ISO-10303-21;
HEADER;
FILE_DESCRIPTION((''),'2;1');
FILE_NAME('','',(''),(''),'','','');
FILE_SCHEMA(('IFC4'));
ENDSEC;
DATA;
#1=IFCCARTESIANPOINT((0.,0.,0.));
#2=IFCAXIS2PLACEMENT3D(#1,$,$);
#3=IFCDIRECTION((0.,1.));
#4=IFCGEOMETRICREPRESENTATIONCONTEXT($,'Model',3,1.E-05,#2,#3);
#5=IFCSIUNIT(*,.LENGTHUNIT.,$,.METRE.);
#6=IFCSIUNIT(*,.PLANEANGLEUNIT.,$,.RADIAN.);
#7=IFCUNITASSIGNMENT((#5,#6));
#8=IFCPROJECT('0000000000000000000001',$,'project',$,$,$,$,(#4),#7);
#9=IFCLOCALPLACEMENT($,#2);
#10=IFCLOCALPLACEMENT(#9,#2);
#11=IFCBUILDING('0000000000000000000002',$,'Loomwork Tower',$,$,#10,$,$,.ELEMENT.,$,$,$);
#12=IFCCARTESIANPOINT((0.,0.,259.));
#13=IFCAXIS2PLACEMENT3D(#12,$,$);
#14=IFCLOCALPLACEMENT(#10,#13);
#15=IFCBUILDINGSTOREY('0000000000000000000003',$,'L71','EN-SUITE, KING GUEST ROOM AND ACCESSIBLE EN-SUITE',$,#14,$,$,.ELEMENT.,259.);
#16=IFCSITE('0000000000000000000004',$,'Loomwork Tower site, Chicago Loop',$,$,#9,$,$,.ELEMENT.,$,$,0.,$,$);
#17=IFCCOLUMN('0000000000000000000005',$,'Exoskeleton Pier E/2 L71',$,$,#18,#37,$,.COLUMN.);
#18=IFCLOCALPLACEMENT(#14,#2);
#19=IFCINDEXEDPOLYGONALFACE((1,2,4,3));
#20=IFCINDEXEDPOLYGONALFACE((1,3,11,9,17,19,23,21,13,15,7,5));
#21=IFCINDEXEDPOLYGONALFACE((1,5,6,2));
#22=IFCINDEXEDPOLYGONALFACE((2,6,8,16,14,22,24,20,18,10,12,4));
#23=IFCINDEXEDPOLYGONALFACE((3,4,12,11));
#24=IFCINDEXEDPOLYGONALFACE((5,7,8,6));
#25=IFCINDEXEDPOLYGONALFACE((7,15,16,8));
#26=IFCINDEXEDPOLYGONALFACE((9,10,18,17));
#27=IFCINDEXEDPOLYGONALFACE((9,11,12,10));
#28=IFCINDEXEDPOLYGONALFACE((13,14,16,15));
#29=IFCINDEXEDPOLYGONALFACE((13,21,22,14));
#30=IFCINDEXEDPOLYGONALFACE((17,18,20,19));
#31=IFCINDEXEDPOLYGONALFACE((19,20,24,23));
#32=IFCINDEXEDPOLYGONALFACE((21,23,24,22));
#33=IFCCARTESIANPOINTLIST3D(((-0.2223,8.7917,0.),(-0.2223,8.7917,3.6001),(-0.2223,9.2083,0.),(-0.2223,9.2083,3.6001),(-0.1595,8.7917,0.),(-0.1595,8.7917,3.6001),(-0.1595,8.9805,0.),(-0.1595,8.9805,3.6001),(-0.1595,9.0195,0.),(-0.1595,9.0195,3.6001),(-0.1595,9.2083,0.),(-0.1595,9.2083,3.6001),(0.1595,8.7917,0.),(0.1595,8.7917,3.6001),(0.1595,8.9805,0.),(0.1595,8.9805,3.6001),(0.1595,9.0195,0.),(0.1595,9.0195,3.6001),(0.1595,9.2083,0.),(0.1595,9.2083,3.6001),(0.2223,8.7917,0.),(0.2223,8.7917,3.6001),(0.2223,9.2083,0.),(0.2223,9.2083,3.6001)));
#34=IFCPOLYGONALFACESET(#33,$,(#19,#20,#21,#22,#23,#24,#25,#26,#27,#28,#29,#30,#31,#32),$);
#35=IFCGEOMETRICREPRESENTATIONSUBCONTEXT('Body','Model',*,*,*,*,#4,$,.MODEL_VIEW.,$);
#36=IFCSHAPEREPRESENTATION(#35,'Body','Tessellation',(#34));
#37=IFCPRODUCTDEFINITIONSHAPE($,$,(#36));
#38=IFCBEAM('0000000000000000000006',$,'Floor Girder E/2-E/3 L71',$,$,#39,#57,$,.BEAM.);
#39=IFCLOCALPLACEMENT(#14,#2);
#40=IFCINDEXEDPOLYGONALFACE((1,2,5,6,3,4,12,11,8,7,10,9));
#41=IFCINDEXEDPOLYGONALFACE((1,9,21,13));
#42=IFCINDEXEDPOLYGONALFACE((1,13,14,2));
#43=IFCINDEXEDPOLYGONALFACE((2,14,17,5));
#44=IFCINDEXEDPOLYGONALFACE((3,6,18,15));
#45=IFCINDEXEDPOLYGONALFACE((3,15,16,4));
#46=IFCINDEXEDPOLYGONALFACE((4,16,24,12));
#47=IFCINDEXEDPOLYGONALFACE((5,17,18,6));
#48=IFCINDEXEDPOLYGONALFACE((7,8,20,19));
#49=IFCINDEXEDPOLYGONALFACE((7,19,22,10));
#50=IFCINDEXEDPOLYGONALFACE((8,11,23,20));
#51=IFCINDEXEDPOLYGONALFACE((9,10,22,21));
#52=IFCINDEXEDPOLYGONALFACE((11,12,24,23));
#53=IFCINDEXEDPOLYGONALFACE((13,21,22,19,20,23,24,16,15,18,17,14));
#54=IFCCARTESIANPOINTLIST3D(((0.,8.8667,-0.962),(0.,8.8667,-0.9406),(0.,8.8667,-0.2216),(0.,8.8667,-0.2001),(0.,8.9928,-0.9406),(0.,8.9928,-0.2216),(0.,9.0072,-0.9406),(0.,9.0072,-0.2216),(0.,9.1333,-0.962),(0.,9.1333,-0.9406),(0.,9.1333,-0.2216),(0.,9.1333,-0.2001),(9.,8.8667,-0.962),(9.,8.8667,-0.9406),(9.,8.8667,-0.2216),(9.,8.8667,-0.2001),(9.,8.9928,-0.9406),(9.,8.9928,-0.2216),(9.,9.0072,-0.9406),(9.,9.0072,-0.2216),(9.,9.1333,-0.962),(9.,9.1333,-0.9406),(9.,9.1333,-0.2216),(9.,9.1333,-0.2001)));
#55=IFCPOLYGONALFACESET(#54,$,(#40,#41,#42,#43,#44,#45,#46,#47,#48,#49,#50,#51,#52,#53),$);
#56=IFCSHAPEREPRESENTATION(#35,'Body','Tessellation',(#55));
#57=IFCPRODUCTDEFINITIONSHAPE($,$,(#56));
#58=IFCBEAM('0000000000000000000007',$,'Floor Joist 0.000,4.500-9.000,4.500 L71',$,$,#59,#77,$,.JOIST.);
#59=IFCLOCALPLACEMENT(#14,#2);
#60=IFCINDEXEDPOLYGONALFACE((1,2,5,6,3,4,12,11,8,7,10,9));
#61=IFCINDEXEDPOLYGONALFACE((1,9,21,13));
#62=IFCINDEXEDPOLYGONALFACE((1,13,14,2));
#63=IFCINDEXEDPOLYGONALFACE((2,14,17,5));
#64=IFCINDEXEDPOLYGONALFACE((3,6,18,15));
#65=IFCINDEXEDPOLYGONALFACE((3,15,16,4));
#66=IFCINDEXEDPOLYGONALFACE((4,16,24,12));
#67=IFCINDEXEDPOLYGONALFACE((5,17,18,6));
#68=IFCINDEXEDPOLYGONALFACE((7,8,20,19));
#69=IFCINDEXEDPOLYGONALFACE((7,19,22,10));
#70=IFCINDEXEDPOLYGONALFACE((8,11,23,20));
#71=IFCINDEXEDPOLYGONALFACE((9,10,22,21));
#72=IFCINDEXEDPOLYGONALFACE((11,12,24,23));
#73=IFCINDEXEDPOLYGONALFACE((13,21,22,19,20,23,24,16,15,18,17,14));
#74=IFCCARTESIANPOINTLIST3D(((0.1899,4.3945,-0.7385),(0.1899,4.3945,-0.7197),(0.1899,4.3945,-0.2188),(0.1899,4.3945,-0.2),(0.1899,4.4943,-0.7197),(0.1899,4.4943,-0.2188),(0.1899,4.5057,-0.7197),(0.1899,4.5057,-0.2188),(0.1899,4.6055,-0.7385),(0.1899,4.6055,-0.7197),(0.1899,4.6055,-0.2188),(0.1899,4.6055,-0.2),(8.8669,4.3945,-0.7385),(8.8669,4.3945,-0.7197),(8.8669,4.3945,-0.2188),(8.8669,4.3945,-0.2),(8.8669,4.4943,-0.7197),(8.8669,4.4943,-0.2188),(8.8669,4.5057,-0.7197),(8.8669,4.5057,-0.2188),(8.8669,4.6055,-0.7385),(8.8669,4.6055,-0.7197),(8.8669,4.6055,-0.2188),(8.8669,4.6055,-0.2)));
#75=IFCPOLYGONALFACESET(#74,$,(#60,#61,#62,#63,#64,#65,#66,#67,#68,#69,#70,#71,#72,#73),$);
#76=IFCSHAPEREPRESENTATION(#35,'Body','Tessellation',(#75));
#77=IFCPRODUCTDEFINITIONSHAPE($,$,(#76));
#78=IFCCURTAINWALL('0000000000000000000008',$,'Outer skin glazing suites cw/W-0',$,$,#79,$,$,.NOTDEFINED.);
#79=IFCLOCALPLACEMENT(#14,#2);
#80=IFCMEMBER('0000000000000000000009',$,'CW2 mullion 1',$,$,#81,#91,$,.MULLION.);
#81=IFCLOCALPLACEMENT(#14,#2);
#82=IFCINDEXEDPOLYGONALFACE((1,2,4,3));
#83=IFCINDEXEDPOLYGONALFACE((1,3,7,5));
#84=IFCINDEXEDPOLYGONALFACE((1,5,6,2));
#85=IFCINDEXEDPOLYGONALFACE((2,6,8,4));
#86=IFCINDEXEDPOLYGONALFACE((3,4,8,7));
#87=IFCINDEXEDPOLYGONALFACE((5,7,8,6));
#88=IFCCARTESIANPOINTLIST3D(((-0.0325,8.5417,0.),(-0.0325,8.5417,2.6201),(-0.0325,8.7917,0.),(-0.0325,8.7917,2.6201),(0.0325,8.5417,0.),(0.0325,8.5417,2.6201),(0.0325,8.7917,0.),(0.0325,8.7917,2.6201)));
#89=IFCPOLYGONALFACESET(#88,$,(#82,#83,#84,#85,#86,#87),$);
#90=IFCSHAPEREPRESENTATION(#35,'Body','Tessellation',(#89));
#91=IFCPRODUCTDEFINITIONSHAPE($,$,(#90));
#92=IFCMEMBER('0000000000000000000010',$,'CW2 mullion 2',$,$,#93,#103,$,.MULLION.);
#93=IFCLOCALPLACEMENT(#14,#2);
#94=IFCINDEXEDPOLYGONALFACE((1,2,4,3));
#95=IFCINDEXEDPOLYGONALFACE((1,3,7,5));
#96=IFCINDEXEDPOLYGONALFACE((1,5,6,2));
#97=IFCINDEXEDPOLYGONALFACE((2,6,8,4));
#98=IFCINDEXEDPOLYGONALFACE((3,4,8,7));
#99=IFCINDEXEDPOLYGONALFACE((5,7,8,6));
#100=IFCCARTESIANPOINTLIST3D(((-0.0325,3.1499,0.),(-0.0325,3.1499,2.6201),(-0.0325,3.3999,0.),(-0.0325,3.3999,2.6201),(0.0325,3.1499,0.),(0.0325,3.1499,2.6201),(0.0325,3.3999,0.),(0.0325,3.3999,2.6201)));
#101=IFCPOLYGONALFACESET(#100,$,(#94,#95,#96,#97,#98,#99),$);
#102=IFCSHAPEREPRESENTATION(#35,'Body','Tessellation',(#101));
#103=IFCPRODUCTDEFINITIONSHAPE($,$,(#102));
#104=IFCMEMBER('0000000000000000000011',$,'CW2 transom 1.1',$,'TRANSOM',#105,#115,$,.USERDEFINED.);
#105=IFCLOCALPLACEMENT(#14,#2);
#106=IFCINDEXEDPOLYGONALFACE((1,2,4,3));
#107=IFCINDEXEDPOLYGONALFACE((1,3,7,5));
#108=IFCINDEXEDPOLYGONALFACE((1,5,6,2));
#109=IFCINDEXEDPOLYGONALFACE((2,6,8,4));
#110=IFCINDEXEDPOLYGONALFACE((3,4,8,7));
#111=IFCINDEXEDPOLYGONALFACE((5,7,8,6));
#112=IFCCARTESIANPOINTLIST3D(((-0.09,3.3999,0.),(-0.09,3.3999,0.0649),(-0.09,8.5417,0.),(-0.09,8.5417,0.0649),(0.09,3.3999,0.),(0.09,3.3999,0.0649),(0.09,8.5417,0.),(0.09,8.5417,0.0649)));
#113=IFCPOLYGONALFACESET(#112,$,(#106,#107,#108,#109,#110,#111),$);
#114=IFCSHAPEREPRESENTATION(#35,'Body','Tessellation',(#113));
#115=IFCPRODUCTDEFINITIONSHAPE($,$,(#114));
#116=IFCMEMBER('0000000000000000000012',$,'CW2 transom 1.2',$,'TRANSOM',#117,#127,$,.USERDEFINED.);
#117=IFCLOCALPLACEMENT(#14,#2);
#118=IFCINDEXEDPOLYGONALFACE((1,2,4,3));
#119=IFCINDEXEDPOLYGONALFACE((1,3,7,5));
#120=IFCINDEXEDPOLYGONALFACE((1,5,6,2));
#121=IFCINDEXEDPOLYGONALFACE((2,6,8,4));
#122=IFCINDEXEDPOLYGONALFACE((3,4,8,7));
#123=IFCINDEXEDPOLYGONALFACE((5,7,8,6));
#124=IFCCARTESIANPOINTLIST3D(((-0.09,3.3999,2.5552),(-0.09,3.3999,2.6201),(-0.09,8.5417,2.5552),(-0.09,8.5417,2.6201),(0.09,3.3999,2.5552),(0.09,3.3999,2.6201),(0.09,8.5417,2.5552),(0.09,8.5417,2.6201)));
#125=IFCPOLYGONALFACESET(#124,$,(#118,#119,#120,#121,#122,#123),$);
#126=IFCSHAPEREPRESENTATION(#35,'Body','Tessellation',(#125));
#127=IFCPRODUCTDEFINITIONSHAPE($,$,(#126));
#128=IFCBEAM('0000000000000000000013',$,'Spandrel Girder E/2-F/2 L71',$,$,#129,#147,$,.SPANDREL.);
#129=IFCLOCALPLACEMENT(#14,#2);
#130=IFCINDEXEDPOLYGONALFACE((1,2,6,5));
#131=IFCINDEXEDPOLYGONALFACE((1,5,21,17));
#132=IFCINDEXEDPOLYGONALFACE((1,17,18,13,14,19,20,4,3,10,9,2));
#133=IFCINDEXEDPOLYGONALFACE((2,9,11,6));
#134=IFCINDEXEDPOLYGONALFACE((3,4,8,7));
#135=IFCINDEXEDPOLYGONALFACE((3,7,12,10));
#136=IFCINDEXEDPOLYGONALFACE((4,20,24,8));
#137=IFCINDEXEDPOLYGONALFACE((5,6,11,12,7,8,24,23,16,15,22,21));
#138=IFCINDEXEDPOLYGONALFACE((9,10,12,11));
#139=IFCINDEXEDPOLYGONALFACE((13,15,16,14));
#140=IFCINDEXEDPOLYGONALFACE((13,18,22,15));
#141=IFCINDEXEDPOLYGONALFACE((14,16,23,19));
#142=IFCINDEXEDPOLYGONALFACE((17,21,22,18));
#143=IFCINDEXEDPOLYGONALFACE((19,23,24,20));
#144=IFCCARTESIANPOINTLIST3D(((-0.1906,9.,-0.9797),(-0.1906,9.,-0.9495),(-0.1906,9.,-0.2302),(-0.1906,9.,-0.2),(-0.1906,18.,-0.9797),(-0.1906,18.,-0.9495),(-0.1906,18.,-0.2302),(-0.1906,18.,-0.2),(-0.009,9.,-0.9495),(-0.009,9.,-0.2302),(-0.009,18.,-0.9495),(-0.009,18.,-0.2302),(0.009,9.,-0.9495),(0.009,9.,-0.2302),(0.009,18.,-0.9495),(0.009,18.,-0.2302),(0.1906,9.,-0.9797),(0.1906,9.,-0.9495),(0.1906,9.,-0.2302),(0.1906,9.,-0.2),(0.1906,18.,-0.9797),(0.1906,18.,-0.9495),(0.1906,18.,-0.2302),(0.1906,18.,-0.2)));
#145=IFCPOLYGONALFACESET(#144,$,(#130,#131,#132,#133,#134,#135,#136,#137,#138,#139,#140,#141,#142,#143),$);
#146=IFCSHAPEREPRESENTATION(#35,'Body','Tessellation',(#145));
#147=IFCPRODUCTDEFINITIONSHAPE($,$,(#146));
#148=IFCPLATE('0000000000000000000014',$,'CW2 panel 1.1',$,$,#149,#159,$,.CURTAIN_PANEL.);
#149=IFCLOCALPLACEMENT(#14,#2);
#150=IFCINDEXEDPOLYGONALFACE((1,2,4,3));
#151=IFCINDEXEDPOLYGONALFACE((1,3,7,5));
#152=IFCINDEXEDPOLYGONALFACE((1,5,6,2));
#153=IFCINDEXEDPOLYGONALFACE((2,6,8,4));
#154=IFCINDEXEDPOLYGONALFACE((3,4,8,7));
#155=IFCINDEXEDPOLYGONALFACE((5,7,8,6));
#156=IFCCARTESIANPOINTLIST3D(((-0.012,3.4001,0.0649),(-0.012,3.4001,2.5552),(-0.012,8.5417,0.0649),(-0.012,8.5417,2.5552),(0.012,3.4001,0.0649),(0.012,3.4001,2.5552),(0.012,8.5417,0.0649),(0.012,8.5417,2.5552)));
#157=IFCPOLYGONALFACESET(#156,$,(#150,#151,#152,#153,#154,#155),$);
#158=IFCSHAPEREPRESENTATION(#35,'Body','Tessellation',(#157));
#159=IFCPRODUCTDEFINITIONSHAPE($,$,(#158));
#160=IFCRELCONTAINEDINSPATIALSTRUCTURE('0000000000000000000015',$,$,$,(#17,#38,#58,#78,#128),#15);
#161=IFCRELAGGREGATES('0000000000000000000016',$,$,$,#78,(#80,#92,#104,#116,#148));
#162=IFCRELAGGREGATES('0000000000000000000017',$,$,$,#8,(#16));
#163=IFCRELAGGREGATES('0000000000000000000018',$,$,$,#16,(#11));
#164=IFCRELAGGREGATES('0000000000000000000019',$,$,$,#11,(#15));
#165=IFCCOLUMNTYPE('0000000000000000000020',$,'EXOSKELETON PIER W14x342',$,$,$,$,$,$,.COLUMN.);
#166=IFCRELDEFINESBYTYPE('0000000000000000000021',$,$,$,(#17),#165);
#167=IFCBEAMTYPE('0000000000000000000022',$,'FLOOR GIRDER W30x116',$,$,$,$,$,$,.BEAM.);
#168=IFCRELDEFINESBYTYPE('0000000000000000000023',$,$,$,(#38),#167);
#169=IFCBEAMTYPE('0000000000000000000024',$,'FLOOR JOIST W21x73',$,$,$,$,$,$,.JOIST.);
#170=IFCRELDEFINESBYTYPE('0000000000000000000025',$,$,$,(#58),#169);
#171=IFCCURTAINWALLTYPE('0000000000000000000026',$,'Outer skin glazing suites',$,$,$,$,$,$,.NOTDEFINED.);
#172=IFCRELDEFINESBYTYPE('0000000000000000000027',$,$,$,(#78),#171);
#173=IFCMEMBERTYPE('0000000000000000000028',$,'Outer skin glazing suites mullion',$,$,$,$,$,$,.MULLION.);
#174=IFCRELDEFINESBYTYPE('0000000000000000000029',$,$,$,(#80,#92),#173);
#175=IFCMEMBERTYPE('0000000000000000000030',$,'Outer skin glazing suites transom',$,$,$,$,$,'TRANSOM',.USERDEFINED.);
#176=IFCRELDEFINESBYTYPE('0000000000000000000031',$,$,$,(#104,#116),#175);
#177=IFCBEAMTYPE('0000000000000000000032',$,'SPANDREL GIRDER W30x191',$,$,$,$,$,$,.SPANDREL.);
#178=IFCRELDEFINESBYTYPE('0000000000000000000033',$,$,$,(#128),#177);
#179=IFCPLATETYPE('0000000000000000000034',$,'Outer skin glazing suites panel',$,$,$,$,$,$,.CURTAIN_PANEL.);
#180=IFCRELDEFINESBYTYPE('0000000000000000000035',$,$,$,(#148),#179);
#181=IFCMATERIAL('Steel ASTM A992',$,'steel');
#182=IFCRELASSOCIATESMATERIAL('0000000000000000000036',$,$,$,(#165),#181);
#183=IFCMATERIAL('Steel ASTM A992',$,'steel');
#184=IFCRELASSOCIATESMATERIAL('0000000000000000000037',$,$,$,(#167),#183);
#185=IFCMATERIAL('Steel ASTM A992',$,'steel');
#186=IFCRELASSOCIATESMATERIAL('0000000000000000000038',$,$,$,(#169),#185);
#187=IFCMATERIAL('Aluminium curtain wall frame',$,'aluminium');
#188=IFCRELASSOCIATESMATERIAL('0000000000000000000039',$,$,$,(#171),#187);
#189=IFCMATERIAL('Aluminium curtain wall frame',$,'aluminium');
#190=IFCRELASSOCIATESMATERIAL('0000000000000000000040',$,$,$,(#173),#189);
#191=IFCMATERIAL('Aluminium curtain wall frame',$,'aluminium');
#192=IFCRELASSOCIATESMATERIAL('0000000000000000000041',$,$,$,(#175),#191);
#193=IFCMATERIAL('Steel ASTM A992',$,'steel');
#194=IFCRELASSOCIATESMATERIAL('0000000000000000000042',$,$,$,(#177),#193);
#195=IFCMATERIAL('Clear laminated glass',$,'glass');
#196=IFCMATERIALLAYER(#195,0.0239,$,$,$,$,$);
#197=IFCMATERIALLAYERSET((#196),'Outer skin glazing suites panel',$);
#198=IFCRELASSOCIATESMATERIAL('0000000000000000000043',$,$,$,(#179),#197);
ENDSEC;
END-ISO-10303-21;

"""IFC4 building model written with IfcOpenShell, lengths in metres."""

from ifc_helpers import new_model, si_unit, direction, frame, origin, origin_2d, place, context, subcontext, project, spatial, rectangle, i_section, extrude, material, layer, layer_set, material_profile, profile_set, type_object, element, aggregate, save


model = new_model("IFC4")

# Units and contexts
model_context = context("Model", 3, precision=1e-05, world=origin(), true_north=direction((0.0, 1.0)))
body_context = subcontext(model_context, "Body", "Model", "MODEL_VIEW")
ifc_project = project(units=[si_unit("LENGTHUNIT", "METRE"), si_unit("PLANEANGLEUNIT", "RADIAN")], contexts=[model_context])

# Site, building, storey
site_placement = place(None, origin())
site = spatial("IfcSite", under=ifc_project, at=site_placement, Name="Loomwork Tower site, Chicago Loop", CompositionType="ELEMENT", RefElevation=0.0)
building_placement = place(site_placement, origin())
building = spatial("IfcBuilding", under=site, at=building_placement, Name="Loomwork Tower", CompositionType="ELEMENT")
storey_placement = place(building_placement, frame((0.0, 0.0, 259.0)))
storey = spatial("IfcBuildingStorey", under=building, at=storey_placement, Name="L71", Description="EN-SUITE, KING GUEST ROOM AND ACCESSIBLE EN-SUITE", CompositionType="ELEMENT", Elevation=259.0)

# Column
ifc_material_1 = material(Name="Steel ASTM A992", Category="steel")
ifc_material_profile_1 = material_profile(ifc_material_1, i_section(OverallWidth=0.4165, OverallDepth=0.4446, WebThickness=0.0391, FlangeThickness=0.0627, at=origin_2d()), Name="W14x342")
ifc_profile_set_1 = profile_set([ifc_material_profile_1], Name="Steel ASTM A992")
column_type = type_object("IfcColumnType", Name="EXOSKELETON PIER W14x342", PredefinedType="COLUMN", material=ifc_profile_set_1)
column_placement = place(storey_placement, frame((0.0, 9.0, 0.0), z_axis=(0.0, 0.0, 1.0), x_axis=(0.0, 1.0, 0.0)))
element("IfcColumn", 1, at=column_placement, inside=storey, type_object=column_type, Name="Exoskeleton Pier E/2 L71", PredefinedType="COLUMN", context=body_context, shape_type="SweptSolid", body=[
    extrude(i_section(OverallWidth=0.4165, OverallDepth=0.4446, WebThickness=0.0391, FlangeThickness=0.0627, at=origin_2d()), origin(), (0.0, 0.0, 1.0), 3.6001),
])

# Beams
ifc_material_2 = material(Name="Steel ASTM A992", Category="steel")
ifc_material_profile_2 = material_profile(ifc_material_2, i_section(OverallWidth=0.2666, OverallDepth=0.762, WebThickness=0.0144, FlangeThickness=0.0215, at=origin_2d()), Name="W30x116")
ifc_profile_set_2 = profile_set([ifc_material_profile_2], Name="Steel ASTM A992")
beam_type_1 = type_object("IfcBeamType", Name="FLOOR GIRDER W30x116", PredefinedType="BEAM", material=ifc_profile_set_2)
beam_1_placement = place(storey_placement, frame((0.0, 9.0, -0.5811), z_axis=(1.0, 0.0, 0.0), x_axis=(0.0, 1.0, 0.0)))
element("IfcBeam", 2, at=beam_1_placement, inside=storey, type_object=beam_type_1, Name="Floor Girder E/2-E/3 L71", PredefinedType="BEAM", context=body_context, shape_type="SweptSolid", body=[
    extrude(i_section(OverallWidth=0.2666, OverallDepth=0.762, WebThickness=0.0144, FlangeThickness=0.0215, at=origin_2d()), origin(), (0.0, 0.0, 1.0), 9.0),
])
ifc_material_3 = material(Name="Steel ASTM A992", Category="steel")
ifc_material_profile_3 = material_profile(ifc_material_3, i_section(OverallWidth=0.2109, OverallDepth=0.5386, WebThickness=0.0115, FlangeThickness=0.0188, at=origin_2d()), Name="W21x73")
ifc_profile_set_3 = profile_set([ifc_material_profile_3], Name="Steel ASTM A992")
beam_type_2 = type_object("IfcBeamType", Name="FLOOR JOIST W21x73", PredefinedType="JOIST", material=ifc_profile_set_3)
beam_2_placement = place(storey_placement, frame((0.1899, 4.5, -0.4692), z_axis=(1.0, 0.0, 0.0), x_axis=(0.0, 1.0, 0.0)))
element("IfcBeam", 3, at=beam_2_placement, inside=storey, type_object=beam_type_2, Name="Floor Joist 0.000,4.500-9.000,4.500 L71", PredefinedType="JOIST", context=body_context, shape_type="SweptSolid", body=[
    extrude(i_section(OverallWidth=0.2109, OverallDepth=0.5386, WebThickness=0.0115, FlangeThickness=0.0188, at=origin_2d()), origin(), (0.0, 0.0, 1.0), 8.677),
])

# Curtain wall, members
ifc_material_4 = material(Name="Aluminium curtain wall frame", Category="aluminium")
curtain_wall_type = type_object("IfcCurtainWallType", Name="Outer skin glazing suites", PredefinedType="NOTDEFINED", material=ifc_material_4)
curtain_wall_placement = place(storey_placement, origin())
curtain_wall = element("IfcCurtainWall", 4, at=curtain_wall_placement, inside=storey, type_object=curtain_wall_type, Name="Outer skin glazing suites cw/W-0", PredefinedType="NOTDEFINED")
ifc_material_5 = material(Name="Aluminium curtain wall frame", Category="aluminium")
ifc_material_profile_4 = material_profile(ifc_material_5, rectangle(XDim=0.0649, YDim=0.25, at=origin_2d()), Name="AL 65x250")
ifc_profile_set_4 = profile_set([ifc_material_profile_4], Name="Aluminium curtain wall frame")
member_type_1 = type_object("IfcMemberType", Name="Outer skin glazing suites mullion", PredefinedType="MULLION", material=ifc_profile_set_4)
member_1_placement = place(storey_placement, frame((0.0, 8.6667, 0.0), z_axis=(0.0, 0.0, 1.0), x_axis=(1.0, 0.0, 0.0)))
member_1 = element("IfcMember", 5, at=member_1_placement, type_object=member_type_1, Name="CW2 mullion 1", PredefinedType="MULLION", context=body_context, shape_type="SweptSolid", body=[
    extrude(rectangle(XDim=0.0649, YDim=0.25, at=origin_2d()), origin(), (0.0, 0.0, 1.0), 2.6201),
])
member_2_placement = place(storey_placement, frame((0.0, 3.2749, 0.0), z_axis=(0.0, 0.0, 1.0), x_axis=(1.0, 0.0, 0.0)))
member_2 = element("IfcMember", 6, at=member_2_placement, type_object=member_type_1, Name="CW2 mullion 2", PredefinedType="MULLION", context=body_context, shape_type="SweptSolid", body=[
    extrude(rectangle(XDim=0.0649, YDim=0.25, at=origin_2d()), origin(), (0.0, 0.0, 1.0), 2.6201),
])
ifc_material_6 = material(Name="Aluminium curtain wall frame", Category="aluminium")
ifc_material_profile_5 = material_profile(ifc_material_6, rectangle(XDim=0.1799, YDim=0.0649, at=origin_2d()), Name="AL 65x180")
ifc_profile_set_5 = profile_set([ifc_material_profile_5], Name="Aluminium curtain wall frame")
member_type_2 = type_object("IfcMemberType", Name="Outer skin glazing suites transom", ElementType="TRANSOM", PredefinedType="USERDEFINED", material=ifc_profile_set_5)
member_3_placement = place(storey_placement, frame((0.0, 8.5417, 0.0325), z_axis=(0.0, -1.0, 0.0), x_axis=(1.0, 0.0, 0.0)))
member_3 = element("IfcMember", 7, at=member_3_placement, type_object=member_type_2, Name="CW2 transom 1.1", ObjectType="TRANSOM", PredefinedType="USERDEFINED", context=body_context, shape_type="SweptSolid", body=[
    extrude(rectangle(XDim=0.1799, YDim=0.0649, at=origin_2d()), origin(), (0.0, 0.0, 1.0), 5.1418),
])
member_4_placement = place(storey_placement, frame((0.0, 8.5417, 2.5876), z_axis=(0.0, -1.0, 0.0), x_axis=(1.0, 0.0, 0.0)))
member_4 = element("IfcMember", 8, at=member_4_placement, type_object=member_type_2, Name="CW2 transom 1.2", ObjectType="TRANSOM", PredefinedType="USERDEFINED", context=body_context, shape_type="SweptSolid", body=[
    extrude(rectangle(XDim=0.1799, YDim=0.0649, at=origin_2d()), origin(), (0.0, 0.0, 1.0), 5.1418),
])

# Beam
ifc_material_7 = material(Name="Steel ASTM A992", Category="steel")
ifc_material_profile_6 = material_profile(ifc_material_7, i_section(OverallWidth=0.3811, OverallDepth=0.7798, WebThickness=0.0181, FlangeThickness=0.0303, at=origin_2d()), Name="W30x191")
ifc_profile_set_6 = profile_set([ifc_material_profile_6], Name="Steel ASTM A992")
beam_type_3 = type_object("IfcBeamType", Name="SPANDREL GIRDER W30x191", PredefinedType="SPANDREL", material=ifc_profile_set_6)
beam_3_placement = place(storey_placement, frame((0.0, 9.0, -0.5898), z_axis=(0.0, 1.0, 0.0), x_axis=(-1.0, 0.0, 0.0)))
element("IfcBeam", 9, at=beam_3_placement, inside=storey, type_object=beam_type_3, Name="Spandrel Girder E/2-F/2 L71", PredefinedType="SPANDREL", context=body_context, shape_type="SweptSolid", body=[
    extrude(i_section(OverallWidth=0.3811, OverallDepth=0.7798, WebThickness=0.0181, FlangeThickness=0.0303, at=origin_2d()), origin(), (0.0, 0.0, 1.0), 9.0),
])

# Plate
ifc_material_8 = material(Name="Clear laminated glass", Category="glass")
ifc_layer_1 = layer(ifc_material_8, 0.0239)
ifc_layer_set_1 = layer_set([ifc_layer_1], Name="Outer skin glazing suites panel")
plate_type = type_object("IfcPlateType", Name="Outer skin glazing suites panel", PredefinedType="CURTAIN_PANEL", material=ifc_layer_set_1)
plate_placement = place(storey_placement, frame((0.0, 5.9709, 0.0649), z_axis=(0.0, 0.0, 1.0), x_axis=(0.0, -1.0, 0.0)))
plate = element("IfcPlate", 10, at=plate_placement, type_object=plate_type, Name="CW2 panel 1.1", PredefinedType="CURTAIN_PANEL", context=body_context, shape_type="SweptSolid", body=[
    extrude(rectangle(XDim=5.1416, YDim=0.0239, at=origin_2d()), origin(), (0.0, 0.0, 1.0), 2.4902),
])
aggregate(curtain_wall, [member_1, member_2, member_3, member_4, plate])

save(model, "model.ifc")
